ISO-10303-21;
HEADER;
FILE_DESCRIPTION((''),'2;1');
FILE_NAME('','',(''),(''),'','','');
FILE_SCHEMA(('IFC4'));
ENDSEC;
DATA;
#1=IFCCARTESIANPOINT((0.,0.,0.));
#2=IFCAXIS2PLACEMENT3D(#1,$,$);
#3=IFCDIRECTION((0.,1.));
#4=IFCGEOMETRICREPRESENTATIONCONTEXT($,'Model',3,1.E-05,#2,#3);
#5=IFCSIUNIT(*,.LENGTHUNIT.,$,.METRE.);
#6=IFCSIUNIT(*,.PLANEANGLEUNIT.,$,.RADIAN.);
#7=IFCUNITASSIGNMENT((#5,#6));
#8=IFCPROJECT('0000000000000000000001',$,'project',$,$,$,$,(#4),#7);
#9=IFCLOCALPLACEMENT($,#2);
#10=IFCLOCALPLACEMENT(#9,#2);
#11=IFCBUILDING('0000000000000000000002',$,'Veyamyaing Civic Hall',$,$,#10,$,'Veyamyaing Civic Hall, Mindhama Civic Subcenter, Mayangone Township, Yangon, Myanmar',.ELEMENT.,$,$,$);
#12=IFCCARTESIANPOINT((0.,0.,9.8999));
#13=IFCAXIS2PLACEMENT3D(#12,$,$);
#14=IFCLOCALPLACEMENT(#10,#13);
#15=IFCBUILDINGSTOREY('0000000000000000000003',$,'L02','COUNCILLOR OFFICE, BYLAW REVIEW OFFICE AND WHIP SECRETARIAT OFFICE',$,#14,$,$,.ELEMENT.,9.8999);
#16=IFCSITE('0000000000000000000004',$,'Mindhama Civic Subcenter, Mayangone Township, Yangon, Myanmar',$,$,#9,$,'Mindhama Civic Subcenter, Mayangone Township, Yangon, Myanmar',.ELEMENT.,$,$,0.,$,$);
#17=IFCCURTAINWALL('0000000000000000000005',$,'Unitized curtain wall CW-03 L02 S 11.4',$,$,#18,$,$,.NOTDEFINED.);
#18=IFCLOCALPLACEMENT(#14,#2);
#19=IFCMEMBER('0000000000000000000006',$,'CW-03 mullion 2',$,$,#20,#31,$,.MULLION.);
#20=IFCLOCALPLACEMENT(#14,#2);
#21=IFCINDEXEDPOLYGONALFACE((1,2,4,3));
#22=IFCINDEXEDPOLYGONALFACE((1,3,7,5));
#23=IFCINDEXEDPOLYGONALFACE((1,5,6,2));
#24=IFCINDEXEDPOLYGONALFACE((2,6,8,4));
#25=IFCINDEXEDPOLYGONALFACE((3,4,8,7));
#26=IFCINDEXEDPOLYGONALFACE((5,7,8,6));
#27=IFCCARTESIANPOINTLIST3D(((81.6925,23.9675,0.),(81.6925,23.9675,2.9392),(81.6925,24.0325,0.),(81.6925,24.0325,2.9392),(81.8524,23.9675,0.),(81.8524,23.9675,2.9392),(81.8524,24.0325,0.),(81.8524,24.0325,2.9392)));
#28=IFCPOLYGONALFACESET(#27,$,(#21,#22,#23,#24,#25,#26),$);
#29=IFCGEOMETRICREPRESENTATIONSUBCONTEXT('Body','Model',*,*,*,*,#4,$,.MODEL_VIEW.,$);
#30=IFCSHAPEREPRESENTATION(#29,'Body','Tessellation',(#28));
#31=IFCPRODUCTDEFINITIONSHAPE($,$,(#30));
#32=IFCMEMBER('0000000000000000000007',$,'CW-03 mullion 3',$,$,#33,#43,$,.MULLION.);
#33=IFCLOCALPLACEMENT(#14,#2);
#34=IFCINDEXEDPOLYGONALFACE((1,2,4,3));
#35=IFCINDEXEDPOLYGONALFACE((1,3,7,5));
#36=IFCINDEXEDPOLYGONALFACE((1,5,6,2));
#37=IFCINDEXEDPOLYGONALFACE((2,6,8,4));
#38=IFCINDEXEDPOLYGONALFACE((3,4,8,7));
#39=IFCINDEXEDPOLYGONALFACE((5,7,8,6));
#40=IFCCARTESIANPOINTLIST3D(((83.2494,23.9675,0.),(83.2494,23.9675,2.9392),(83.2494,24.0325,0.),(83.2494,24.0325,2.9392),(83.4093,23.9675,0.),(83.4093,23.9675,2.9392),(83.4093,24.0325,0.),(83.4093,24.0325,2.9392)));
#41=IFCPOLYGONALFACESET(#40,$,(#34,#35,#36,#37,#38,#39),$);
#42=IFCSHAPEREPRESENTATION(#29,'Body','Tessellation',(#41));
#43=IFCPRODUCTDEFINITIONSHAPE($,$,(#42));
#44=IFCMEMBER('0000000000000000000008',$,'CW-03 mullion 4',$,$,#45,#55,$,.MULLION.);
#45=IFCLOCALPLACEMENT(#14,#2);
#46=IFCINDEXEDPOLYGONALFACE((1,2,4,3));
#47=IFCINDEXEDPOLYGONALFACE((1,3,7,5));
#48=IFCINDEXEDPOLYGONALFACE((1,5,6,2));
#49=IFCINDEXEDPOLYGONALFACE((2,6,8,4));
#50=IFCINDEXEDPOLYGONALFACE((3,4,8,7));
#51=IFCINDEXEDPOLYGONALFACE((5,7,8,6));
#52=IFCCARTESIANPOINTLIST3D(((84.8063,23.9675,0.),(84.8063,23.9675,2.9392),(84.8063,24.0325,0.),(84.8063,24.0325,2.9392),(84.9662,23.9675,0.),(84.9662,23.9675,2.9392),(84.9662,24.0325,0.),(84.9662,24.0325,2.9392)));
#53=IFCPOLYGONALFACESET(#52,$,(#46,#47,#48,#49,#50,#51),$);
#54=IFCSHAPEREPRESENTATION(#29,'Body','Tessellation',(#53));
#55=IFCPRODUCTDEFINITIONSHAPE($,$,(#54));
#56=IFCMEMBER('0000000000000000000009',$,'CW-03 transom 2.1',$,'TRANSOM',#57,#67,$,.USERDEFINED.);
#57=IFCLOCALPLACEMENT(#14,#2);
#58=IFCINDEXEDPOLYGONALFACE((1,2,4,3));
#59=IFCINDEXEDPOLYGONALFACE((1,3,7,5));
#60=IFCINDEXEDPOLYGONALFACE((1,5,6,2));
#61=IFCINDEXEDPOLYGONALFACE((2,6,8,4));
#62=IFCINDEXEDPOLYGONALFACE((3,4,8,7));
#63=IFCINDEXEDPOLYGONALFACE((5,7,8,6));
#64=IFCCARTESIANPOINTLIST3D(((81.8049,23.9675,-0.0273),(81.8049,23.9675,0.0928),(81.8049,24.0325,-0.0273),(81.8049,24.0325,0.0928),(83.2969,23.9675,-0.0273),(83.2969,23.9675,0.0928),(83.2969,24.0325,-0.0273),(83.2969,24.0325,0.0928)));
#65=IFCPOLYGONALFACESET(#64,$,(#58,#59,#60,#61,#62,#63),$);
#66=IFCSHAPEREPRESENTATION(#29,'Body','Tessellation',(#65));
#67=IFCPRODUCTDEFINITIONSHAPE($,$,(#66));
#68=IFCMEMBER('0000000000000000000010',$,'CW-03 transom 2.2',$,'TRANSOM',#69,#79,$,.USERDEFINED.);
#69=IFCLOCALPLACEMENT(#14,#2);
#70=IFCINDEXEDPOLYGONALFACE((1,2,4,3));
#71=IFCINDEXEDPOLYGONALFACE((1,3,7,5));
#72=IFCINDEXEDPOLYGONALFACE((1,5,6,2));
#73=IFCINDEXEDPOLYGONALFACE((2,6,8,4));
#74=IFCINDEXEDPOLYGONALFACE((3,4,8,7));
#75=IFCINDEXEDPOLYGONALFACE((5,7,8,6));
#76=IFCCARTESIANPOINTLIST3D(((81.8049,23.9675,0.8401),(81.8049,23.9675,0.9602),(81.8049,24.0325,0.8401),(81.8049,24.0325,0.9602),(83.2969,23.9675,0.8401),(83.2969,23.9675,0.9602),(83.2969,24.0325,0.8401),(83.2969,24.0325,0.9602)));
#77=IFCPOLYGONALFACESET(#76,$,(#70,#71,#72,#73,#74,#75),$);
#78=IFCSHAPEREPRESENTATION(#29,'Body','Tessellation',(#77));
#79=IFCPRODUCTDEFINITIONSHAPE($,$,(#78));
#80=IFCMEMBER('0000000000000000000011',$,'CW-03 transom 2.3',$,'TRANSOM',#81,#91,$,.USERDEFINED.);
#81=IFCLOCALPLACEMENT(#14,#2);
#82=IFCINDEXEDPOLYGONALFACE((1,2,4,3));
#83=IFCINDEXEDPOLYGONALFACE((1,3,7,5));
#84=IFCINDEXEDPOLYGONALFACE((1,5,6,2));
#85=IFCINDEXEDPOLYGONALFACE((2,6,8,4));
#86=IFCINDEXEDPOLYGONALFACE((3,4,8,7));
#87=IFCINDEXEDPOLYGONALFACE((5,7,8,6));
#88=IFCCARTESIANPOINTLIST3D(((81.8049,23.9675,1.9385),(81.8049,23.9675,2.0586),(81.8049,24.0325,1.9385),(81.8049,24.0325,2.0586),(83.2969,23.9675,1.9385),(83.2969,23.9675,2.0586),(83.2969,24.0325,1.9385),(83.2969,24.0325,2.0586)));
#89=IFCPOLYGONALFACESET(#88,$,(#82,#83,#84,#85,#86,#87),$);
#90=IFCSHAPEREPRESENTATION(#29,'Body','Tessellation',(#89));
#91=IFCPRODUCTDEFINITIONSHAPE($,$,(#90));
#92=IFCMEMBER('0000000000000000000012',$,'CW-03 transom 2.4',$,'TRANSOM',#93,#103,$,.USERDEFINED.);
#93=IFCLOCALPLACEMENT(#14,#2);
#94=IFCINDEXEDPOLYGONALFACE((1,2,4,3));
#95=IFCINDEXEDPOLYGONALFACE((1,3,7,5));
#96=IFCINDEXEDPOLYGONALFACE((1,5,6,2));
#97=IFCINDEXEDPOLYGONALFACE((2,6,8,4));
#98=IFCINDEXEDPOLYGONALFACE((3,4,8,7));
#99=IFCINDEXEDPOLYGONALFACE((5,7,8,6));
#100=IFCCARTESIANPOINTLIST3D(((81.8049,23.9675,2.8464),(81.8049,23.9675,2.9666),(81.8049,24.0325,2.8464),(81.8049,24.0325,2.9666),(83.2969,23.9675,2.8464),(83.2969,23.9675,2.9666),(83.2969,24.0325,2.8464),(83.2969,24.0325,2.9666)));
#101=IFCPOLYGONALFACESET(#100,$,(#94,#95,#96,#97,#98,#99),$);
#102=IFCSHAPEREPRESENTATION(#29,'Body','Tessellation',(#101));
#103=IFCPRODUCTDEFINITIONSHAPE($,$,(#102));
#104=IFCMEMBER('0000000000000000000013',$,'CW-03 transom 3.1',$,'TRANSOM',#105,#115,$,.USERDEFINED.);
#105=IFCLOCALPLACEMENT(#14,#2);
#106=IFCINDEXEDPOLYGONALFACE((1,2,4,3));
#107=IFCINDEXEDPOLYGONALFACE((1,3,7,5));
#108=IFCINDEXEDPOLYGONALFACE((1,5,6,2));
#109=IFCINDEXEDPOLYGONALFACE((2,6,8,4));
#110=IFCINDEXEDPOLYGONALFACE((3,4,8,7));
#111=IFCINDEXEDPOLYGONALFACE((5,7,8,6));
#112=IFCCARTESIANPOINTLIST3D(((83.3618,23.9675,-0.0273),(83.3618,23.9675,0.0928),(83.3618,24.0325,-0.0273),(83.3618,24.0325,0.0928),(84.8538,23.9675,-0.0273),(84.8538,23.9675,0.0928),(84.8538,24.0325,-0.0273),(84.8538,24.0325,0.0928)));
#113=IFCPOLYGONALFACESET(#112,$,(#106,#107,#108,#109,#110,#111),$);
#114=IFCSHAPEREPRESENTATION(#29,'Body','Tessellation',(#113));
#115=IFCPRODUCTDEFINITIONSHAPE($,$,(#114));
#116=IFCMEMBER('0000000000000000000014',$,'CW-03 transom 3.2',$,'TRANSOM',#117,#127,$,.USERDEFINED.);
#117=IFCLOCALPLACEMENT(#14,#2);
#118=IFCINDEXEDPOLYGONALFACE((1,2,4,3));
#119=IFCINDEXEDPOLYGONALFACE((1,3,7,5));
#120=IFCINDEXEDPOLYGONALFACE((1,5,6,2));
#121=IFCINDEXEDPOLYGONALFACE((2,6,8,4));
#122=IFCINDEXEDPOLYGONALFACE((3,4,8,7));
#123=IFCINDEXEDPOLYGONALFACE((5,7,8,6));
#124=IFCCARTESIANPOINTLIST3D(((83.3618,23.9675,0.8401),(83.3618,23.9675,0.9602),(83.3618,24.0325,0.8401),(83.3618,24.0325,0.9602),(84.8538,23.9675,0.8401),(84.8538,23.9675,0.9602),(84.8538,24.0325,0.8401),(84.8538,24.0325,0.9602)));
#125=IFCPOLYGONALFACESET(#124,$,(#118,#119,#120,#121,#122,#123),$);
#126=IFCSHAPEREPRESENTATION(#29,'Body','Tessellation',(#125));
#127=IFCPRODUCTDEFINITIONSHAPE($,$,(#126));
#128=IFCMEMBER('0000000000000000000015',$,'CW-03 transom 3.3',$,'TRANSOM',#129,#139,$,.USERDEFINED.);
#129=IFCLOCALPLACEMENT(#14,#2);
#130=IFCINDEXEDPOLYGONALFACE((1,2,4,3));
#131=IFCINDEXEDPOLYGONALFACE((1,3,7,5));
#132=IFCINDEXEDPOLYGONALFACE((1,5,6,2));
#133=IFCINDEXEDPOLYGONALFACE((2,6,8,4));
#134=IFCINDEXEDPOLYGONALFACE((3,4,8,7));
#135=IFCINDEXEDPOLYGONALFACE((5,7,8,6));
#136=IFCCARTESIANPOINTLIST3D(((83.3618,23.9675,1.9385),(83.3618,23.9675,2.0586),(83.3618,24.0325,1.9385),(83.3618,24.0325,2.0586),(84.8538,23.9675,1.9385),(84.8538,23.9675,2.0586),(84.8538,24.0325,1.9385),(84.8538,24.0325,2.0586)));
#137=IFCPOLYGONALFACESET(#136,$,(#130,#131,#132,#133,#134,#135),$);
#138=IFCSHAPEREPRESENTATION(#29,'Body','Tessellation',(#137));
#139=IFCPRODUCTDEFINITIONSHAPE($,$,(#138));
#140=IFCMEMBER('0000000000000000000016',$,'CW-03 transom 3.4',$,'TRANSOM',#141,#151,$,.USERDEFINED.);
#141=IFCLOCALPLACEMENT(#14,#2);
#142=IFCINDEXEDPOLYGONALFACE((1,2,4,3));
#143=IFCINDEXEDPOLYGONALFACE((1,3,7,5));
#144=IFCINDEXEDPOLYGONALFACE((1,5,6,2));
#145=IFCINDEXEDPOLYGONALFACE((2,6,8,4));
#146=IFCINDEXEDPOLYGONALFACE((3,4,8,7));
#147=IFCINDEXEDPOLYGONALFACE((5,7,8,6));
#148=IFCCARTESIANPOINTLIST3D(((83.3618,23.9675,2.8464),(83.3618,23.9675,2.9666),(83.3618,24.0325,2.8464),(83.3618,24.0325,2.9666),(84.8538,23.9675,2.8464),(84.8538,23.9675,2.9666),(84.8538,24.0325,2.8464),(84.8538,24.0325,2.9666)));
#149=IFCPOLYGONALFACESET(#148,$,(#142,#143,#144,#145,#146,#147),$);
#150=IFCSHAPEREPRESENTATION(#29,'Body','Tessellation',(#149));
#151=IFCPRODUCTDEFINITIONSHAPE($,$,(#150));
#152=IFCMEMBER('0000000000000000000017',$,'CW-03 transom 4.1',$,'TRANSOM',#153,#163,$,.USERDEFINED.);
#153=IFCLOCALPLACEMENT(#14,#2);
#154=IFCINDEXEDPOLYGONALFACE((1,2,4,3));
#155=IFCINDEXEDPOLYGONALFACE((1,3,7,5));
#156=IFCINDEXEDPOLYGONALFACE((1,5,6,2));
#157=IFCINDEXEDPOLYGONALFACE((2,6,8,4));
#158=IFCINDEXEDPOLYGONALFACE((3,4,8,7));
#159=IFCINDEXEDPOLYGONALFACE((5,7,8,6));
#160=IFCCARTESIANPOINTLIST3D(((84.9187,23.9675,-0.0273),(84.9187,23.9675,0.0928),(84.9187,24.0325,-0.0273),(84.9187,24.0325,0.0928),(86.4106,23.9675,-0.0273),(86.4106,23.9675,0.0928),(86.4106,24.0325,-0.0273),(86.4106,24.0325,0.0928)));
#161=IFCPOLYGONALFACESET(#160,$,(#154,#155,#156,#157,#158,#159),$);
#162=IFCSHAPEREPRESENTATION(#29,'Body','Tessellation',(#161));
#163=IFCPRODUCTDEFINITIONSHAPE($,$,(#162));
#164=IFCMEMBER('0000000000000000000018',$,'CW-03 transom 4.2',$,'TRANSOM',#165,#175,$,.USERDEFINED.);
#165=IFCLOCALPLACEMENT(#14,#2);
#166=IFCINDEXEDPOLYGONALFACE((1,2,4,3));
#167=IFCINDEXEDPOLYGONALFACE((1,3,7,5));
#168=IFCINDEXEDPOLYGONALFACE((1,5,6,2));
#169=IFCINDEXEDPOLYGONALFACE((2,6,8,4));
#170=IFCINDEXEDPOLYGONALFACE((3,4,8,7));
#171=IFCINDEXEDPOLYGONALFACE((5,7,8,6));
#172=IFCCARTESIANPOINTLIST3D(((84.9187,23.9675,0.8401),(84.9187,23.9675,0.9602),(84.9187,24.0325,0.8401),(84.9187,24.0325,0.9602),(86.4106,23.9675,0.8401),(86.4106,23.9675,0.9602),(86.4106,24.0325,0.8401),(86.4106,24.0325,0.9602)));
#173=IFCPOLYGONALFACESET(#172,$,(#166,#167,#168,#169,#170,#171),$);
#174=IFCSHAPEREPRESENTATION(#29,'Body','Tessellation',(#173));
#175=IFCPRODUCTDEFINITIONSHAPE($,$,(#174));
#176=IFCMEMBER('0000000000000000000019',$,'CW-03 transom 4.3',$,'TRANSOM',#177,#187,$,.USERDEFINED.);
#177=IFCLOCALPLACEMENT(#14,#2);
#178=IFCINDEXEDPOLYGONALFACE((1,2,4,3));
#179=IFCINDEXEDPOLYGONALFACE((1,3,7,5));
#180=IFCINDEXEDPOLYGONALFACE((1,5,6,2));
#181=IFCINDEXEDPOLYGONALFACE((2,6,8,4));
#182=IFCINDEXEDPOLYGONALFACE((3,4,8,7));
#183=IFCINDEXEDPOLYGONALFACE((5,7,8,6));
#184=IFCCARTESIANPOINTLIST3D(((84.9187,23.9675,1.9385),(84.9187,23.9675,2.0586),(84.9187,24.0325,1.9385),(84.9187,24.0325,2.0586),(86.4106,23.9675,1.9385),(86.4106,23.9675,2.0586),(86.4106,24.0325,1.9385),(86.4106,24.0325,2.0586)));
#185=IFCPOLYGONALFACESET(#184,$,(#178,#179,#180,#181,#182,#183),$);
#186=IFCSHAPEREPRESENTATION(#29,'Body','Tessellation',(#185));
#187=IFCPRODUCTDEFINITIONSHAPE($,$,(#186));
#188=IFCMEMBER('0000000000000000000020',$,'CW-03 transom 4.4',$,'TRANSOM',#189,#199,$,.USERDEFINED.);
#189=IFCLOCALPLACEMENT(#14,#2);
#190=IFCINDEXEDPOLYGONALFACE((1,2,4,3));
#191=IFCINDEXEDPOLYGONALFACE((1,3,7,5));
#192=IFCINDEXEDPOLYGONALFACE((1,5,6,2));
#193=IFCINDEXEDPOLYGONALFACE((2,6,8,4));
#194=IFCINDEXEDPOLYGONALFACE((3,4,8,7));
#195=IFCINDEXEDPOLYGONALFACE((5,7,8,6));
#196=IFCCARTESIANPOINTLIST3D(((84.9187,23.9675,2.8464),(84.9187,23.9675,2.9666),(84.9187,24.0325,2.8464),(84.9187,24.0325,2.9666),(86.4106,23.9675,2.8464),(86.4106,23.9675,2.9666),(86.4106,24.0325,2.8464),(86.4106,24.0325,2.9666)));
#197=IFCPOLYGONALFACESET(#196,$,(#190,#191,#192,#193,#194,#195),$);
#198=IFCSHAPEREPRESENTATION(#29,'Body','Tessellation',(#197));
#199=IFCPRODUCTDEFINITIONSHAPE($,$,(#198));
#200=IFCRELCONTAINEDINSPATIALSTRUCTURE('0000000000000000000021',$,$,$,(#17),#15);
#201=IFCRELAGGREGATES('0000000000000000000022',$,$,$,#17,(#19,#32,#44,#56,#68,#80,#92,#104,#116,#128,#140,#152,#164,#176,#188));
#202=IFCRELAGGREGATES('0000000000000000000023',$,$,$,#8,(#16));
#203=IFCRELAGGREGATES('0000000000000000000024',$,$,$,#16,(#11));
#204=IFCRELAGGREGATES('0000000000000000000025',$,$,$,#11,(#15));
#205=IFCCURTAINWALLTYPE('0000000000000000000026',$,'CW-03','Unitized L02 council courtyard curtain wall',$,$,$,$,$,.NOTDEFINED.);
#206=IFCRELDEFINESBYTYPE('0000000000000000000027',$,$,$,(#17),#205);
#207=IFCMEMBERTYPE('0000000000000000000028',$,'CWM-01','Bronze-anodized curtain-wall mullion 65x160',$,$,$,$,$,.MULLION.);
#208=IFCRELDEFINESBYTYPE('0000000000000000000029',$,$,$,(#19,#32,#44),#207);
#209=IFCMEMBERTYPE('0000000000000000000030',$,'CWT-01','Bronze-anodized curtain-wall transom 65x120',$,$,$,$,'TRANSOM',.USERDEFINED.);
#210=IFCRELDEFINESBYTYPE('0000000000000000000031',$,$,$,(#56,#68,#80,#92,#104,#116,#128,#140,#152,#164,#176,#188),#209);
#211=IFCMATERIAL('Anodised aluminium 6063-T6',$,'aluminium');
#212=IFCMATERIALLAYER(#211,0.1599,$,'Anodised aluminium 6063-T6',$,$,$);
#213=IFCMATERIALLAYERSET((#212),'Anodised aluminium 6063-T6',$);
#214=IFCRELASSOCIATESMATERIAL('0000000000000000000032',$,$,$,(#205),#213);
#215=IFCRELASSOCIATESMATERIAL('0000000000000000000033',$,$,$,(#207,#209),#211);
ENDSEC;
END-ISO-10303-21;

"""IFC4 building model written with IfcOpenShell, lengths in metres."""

from ifc_helpers import new_model, si_unit, direction, frame, origin, origin_2d, place, context, subcontext, project, spatial, rectangle, extrude, material, layer, layer_set, material_profile, profile_set, type_object, element, aggregate, save


model = new_model("IFC4")

# Units and contexts
model_context = context("Model", 3, precision=1e-05, world=origin(), true_north=direction((0.0, 1.0)))
body_context = subcontext(model_context, "Body", "Model", "MODEL_VIEW")
ifc_project = project(units=[si_unit("LENGTHUNIT", "METRE"), si_unit("PLANEANGLEUNIT", "RADIAN")], contexts=[model_context])

# Site, building, storey
site_placement = place(None, origin())
site = spatial("IfcSite", under=ifc_project, at=site_placement, Name="Mindhama Civic Subcenter, Mayangone Township, Yangon, Myanmar", LongName="Mindhama Civic Subcenter, Mayangone Township, Yangon, Myanmar", CompositionType="ELEMENT", RefElevation=0.0)
building_placement = place(site_placement, origin())
building = spatial("IfcBuilding", under=site, at=building_placement, Name="Veyamyaing Civic Hall", LongName="Veyamyaing Civic Hall, Mindhama Civic Subcenter, Mayangone Township, Yangon, Myanmar", CompositionType="ELEMENT")
storey_placement = place(building_placement, frame((0.0, 0.0, 9.8999)))
storey = spatial("IfcBuildingStorey", under=building, at=storey_placement, Name="L02", Description="COUNCILLOR OFFICE, BYLAW REVIEW OFFICE AND WHIP SECRETARIAT OFFICE", CompositionType="ELEMENT", Elevation=9.8999)

# Curtain wall, members
ifc_material_1 = material(Name="Anodised aluminium 6063-T6", Category="aluminium")
ifc_layer_1 = layer(ifc_material_1, 0.1599, Name="Anodised aluminium 6063-T6")
ifc_layer_set_1 = layer_set([ifc_layer_1], Name="Anodised aluminium 6063-T6")
curtain_wall_type = type_object("IfcCurtainWallType", Name="CW-03", Description="Unitized L02 council courtyard curtain wall", PredefinedType="NOTDEFINED", material=ifc_layer_set_1)
curtain_wall_placement = place(storey_placement, origin())
curtain_wall = element("IfcCurtainWall", 1, at=curtain_wall_placement, inside=storey, type_object=curtain_wall_type, Name="Unitized curtain wall CW-03 L02 S 11.4", PredefinedType="NOTDEFINED")
ifc_material_profile_1 = material_profile(ifc_material_1, rectangle(XDim=0.0649, YDim=0.1599, at=origin_2d()), Name="ALU-MUL-65X160")
ifc_profile_set_1 = profile_set([ifc_material_profile_1], Name="Anodised aluminium 6063-T6")
member_type_1 = type_object("IfcMemberType", Name="CWM-01", Description="Bronze-anodized curtain-wall mullion 65x160", PredefinedType="MULLION", material=ifc_profile_set_1)
member_1_placement = place(storey_placement, frame((81.7725, 24.0, 0.0), z_axis=(0.0, 0.0, 1.0), x_axis=(0.0, 1.0, 0.0)))
member_1 = element("IfcMember", 2, at=member_1_placement, type_object=member_type_1, Name="CW-03 mullion 2", PredefinedType="MULLION", context=body_context, shape_type="SweptSolid", body=[
    extrude(rectangle(XDim=0.0649, YDim=0.1599, at=origin_2d()), origin(), (0.0, 0.0, 1.0), 2.9392),
])
member_2_placement = place(storey_placement, frame((83.3293, 24.0, 0.0), z_axis=(0.0, 0.0, 1.0), x_axis=(0.0, 1.0, 0.0)))
member_2 = element("IfcMember", 3, at=member_2_placement, type_object=member_type_1, Name="CW-03 mullion 3", PredefinedType="MULLION", context=body_context, shape_type="SweptSolid", body=[
    extrude(rectangle(XDim=0.0649, YDim=0.1599, at=origin_2d()), origin(), (0.0, 0.0, 1.0), 2.9392),
])
member_3_placement = place(storey_placement, frame((84.8862, 24.0, 0.0), z_axis=(0.0, 0.0, 1.0), x_axis=(0.0, 1.0, 0.0)))
member_3 = element("IfcMember", 4, at=member_3_placement, type_object=member_type_1, Name="CW-03 mullion 4", PredefinedType="MULLION", context=body_context, shape_type="SweptSolid", body=[
    extrude(rectangle(XDim=0.0649, YDim=0.1599, at=origin_2d()), origin(), (0.0, 0.0, 1.0), 2.9392),
])
ifc_material_profile_2 = material_profile(ifc_material_1, rectangle(XDim=0.0649, YDim=0.1201, at=origin_2d()), Name="ALU-TRN-65X120")
ifc_profile_set_2 = profile_set([ifc_material_profile_2], Name="Anodised aluminium 6063-T6")
member_type_2 = type_object("IfcMemberType", Name="CWT-01", Description="Bronze-anodized curtain-wall transom 65x120", ElementType="TRANSOM", PredefinedType="USERDEFINED", material=ifc_profile_set_2)
member_4_placement = place(storey_placement, frame((81.8049, 24.0, 0.0327), z_axis=(1.0, 0.0, 0.0), x_axis=(0.0, 1.0, 0.0)))
member_4 = element("IfcMember", 5, at=member_4_placement, type_object=member_type_2, Name="CW-03 transom 2.1", ObjectType="TRANSOM", PredefinedType="USERDEFINED", context=body_context, shape_type="SweptSolid", body=[
    extrude(rectangle(XDim=0.0649, YDim=0.1201, at=origin_2d()), origin(), (0.0, 0.0, 1.0), 1.4919),
])
member_5_placement = place(storey_placement, frame((81.8049, 24.0, 0.9001), z_axis=(1.0, 0.0, 0.0), x_axis=(0.0, 1.0, 0.0)))
member_5 = element("IfcMember", 6, at=member_5_placement, type_object=member_type_2, Name="CW-03 transom 2.2", ObjectType="TRANSOM", PredefinedType="USERDEFINED", context=body_context, shape_type="SweptSolid", body=[
    extrude(rectangle(XDim=0.0649, YDim=0.1201, at=origin_2d()), origin(), (0.0, 0.0, 1.0), 1.4919),
])
member_6_placement = place(storey_placement, frame((81.8049, 24.0, 1.9985), z_axis=(1.0, 0.0, 0.0), x_axis=(0.0, 1.0, 0.0)))
member_6 = element("IfcMember", 7, at=member_6_placement, type_object=member_type_2, Name="CW-03 transom 2.3", ObjectType="TRANSOM", PredefinedType="USERDEFINED", context=body_context, shape_type="SweptSolid", body=[
    extrude(rectangle(XDim=0.0649, YDim=0.1201, at=origin_2d()), origin(), (0.0, 0.0, 1.0), 1.4919),
])
member_7_placement = place(storey_placement, frame((81.8049, 24.0, 2.9065), z_axis=(1.0, 0.0, 0.0), x_axis=(0.0, 1.0, 0.0)))
member_7 = element("IfcMember", 8, at=member_7_placement, type_object=member_type_2, Name="CW-03 transom 2.4", ObjectType="TRANSOM", PredefinedType="USERDEFINED", context=body_context, shape_type="SweptSolid", body=[
    extrude(rectangle(XDim=0.0649, YDim=0.1201, at=origin_2d()), origin(), (0.0, 0.0, 1.0), 1.4919),
])
member_8_placement = place(storey_placement, frame((83.3618, 24.0, 0.0327), z_axis=(1.0, 0.0, 0.0), x_axis=(0.0, 1.0, 0.0)))
member_8 = element("IfcMember", 9, at=member_8_placement, type_object=member_type_2, Name="CW-03 transom 3.1", ObjectType="TRANSOM", PredefinedType="USERDEFINED", context=body_context, shape_type="SweptSolid", body=[
    extrude(rectangle(XDim=0.0649, YDim=0.1201, at=origin_2d()), origin(), (0.0, 0.0, 1.0), 1.4919),
])
member_9_placement = place(storey_placement, frame((83.3618, 24.0, 0.9001), z_axis=(1.0, 0.0, 0.0), x_axis=(0.0, 1.0, 0.0)))
member_9 = element("IfcMember", 10, at=member_9_placement, type_object=member_type_2, Name="CW-03 transom 3.2", ObjectType="TRANSOM", PredefinedType="USERDEFINED", context=body_context, shape_type="SweptSolid", body=[
    extrude(rectangle(XDim=0.0649, YDim=0.1201, at=origin_2d()), origin(), (0.0, 0.0, 1.0), 1.4919),
])
member_10_placement = place(storey_placement, frame((83.3618, 24.0, 1.9985), z_axis=(1.0, 0.0, 0.0), x_axis=(0.0, 1.0, 0.0)))
member_10 = element("IfcMember", 11, at=member_10_placement, type_object=member_type_2, Name="CW-03 transom 3.3", ObjectType="TRANSOM", PredefinedType="USERDEFINED", context=body_context, shape_type="SweptSolid", body=[
    extrude(rectangle(XDim=0.0649, YDim=0.1201, at=origin_2d()), origin(), (0.0, 0.0, 1.0), 1.4919),
])
member_11_placement = place(storey_placement, frame((83.3618, 24.0, 2.9065), z_axis=(1.0, 0.0, 0.0), x_axis=(0.0, 1.0, 0.0)))
member_11 = element("IfcMember", 12, at=member_11_placement, type_object=member_type_2, Name="CW-03 transom 3.4", ObjectType="TRANSOM", PredefinedType="USERDEFINED", context=body_context, shape_type="SweptSolid", body=[
    extrude(rectangle(XDim=0.0649, YDim=0.1201, at=origin_2d()), origin(), (0.0, 0.0, 1.0), 1.4919),
])
member_12_placement = place(storey_placement, frame((84.9187, 24.0, 0.0327), z_axis=(1.0, 0.0, 0.0), x_axis=(0.0, 1.0, 0.0)))
member_12 = element("IfcMember", 13, at=member_12_placement, type_object=member_type_2, Name="CW-03 transom 4.1", ObjectType="TRANSOM", PredefinedType="USERDEFINED", context=body_context, shape_type="SweptSolid", body=[
    extrude(rectangle(XDim=0.0649, YDim=0.1201, at=origin_2d()), origin(), (0.0, 0.0, 1.0), 1.4919),
])
member_13_placement = place(storey_placement, frame((84.9187, 24.0, 0.9001), z_axis=(1.0, 0.0, 0.0), x_axis=(0.0, 1.0, 0.0)))
member_13 = element("IfcMember", 14, at=member_13_placement, type_object=member_type_2, Name="CW-03 transom 4.2", ObjectType="TRANSOM", PredefinedType="USERDEFINED", context=body_context, shape_type="SweptSolid", body=[
    extrude(rectangle(XDim=0.0649, YDim=0.1201, at=origin_2d()), origin(), (0.0, 0.0, 1.0), 1.4919),
])
member_14_placement = place(storey_placement, frame((84.9187, 24.0, 1.9985), z_axis=(1.0, 0.0, 0.0), x_axis=(0.0, 1.0, 0.0)))
member_14 = element("IfcMember", 15, at=member_14_placement, type_object=member_type_2, Name="CW-03 transom 4.3", ObjectType="TRANSOM", PredefinedType="USERDEFINED", context=body_context, shape_type="SweptSolid", body=[
    extrude(rectangle(XDim=0.0649, YDim=0.1201, at=origin_2d()), origin(), (0.0, 0.0, 1.0), 1.4919),
])
member_15_placement = place(storey_placement, frame((84.9187, 24.0, 2.9065), z_axis=(1.0, 0.0, 0.0), x_axis=(0.0, 1.0, 0.0)))
member_15 = element("IfcMember", 16, at=member_15_placement, type_object=member_type_2, Name="CW-03 transom 4.4", ObjectType="TRANSOM", PredefinedType="USERDEFINED", context=body_context, shape_type="SweptSolid", body=[
    extrude(rectangle(XDim=0.0649, YDim=0.1201, at=origin_2d()), origin(), (0.0, 0.0, 1.0), 1.4919),
])
aggregate(curtain_wall, [member_1, member_2, member_3, member_4, member_5, member_6, member_7, member_8, member_9, member_10, member_11, member_12, member_13, member_14, member_15])

save(model, "model.ifc")
